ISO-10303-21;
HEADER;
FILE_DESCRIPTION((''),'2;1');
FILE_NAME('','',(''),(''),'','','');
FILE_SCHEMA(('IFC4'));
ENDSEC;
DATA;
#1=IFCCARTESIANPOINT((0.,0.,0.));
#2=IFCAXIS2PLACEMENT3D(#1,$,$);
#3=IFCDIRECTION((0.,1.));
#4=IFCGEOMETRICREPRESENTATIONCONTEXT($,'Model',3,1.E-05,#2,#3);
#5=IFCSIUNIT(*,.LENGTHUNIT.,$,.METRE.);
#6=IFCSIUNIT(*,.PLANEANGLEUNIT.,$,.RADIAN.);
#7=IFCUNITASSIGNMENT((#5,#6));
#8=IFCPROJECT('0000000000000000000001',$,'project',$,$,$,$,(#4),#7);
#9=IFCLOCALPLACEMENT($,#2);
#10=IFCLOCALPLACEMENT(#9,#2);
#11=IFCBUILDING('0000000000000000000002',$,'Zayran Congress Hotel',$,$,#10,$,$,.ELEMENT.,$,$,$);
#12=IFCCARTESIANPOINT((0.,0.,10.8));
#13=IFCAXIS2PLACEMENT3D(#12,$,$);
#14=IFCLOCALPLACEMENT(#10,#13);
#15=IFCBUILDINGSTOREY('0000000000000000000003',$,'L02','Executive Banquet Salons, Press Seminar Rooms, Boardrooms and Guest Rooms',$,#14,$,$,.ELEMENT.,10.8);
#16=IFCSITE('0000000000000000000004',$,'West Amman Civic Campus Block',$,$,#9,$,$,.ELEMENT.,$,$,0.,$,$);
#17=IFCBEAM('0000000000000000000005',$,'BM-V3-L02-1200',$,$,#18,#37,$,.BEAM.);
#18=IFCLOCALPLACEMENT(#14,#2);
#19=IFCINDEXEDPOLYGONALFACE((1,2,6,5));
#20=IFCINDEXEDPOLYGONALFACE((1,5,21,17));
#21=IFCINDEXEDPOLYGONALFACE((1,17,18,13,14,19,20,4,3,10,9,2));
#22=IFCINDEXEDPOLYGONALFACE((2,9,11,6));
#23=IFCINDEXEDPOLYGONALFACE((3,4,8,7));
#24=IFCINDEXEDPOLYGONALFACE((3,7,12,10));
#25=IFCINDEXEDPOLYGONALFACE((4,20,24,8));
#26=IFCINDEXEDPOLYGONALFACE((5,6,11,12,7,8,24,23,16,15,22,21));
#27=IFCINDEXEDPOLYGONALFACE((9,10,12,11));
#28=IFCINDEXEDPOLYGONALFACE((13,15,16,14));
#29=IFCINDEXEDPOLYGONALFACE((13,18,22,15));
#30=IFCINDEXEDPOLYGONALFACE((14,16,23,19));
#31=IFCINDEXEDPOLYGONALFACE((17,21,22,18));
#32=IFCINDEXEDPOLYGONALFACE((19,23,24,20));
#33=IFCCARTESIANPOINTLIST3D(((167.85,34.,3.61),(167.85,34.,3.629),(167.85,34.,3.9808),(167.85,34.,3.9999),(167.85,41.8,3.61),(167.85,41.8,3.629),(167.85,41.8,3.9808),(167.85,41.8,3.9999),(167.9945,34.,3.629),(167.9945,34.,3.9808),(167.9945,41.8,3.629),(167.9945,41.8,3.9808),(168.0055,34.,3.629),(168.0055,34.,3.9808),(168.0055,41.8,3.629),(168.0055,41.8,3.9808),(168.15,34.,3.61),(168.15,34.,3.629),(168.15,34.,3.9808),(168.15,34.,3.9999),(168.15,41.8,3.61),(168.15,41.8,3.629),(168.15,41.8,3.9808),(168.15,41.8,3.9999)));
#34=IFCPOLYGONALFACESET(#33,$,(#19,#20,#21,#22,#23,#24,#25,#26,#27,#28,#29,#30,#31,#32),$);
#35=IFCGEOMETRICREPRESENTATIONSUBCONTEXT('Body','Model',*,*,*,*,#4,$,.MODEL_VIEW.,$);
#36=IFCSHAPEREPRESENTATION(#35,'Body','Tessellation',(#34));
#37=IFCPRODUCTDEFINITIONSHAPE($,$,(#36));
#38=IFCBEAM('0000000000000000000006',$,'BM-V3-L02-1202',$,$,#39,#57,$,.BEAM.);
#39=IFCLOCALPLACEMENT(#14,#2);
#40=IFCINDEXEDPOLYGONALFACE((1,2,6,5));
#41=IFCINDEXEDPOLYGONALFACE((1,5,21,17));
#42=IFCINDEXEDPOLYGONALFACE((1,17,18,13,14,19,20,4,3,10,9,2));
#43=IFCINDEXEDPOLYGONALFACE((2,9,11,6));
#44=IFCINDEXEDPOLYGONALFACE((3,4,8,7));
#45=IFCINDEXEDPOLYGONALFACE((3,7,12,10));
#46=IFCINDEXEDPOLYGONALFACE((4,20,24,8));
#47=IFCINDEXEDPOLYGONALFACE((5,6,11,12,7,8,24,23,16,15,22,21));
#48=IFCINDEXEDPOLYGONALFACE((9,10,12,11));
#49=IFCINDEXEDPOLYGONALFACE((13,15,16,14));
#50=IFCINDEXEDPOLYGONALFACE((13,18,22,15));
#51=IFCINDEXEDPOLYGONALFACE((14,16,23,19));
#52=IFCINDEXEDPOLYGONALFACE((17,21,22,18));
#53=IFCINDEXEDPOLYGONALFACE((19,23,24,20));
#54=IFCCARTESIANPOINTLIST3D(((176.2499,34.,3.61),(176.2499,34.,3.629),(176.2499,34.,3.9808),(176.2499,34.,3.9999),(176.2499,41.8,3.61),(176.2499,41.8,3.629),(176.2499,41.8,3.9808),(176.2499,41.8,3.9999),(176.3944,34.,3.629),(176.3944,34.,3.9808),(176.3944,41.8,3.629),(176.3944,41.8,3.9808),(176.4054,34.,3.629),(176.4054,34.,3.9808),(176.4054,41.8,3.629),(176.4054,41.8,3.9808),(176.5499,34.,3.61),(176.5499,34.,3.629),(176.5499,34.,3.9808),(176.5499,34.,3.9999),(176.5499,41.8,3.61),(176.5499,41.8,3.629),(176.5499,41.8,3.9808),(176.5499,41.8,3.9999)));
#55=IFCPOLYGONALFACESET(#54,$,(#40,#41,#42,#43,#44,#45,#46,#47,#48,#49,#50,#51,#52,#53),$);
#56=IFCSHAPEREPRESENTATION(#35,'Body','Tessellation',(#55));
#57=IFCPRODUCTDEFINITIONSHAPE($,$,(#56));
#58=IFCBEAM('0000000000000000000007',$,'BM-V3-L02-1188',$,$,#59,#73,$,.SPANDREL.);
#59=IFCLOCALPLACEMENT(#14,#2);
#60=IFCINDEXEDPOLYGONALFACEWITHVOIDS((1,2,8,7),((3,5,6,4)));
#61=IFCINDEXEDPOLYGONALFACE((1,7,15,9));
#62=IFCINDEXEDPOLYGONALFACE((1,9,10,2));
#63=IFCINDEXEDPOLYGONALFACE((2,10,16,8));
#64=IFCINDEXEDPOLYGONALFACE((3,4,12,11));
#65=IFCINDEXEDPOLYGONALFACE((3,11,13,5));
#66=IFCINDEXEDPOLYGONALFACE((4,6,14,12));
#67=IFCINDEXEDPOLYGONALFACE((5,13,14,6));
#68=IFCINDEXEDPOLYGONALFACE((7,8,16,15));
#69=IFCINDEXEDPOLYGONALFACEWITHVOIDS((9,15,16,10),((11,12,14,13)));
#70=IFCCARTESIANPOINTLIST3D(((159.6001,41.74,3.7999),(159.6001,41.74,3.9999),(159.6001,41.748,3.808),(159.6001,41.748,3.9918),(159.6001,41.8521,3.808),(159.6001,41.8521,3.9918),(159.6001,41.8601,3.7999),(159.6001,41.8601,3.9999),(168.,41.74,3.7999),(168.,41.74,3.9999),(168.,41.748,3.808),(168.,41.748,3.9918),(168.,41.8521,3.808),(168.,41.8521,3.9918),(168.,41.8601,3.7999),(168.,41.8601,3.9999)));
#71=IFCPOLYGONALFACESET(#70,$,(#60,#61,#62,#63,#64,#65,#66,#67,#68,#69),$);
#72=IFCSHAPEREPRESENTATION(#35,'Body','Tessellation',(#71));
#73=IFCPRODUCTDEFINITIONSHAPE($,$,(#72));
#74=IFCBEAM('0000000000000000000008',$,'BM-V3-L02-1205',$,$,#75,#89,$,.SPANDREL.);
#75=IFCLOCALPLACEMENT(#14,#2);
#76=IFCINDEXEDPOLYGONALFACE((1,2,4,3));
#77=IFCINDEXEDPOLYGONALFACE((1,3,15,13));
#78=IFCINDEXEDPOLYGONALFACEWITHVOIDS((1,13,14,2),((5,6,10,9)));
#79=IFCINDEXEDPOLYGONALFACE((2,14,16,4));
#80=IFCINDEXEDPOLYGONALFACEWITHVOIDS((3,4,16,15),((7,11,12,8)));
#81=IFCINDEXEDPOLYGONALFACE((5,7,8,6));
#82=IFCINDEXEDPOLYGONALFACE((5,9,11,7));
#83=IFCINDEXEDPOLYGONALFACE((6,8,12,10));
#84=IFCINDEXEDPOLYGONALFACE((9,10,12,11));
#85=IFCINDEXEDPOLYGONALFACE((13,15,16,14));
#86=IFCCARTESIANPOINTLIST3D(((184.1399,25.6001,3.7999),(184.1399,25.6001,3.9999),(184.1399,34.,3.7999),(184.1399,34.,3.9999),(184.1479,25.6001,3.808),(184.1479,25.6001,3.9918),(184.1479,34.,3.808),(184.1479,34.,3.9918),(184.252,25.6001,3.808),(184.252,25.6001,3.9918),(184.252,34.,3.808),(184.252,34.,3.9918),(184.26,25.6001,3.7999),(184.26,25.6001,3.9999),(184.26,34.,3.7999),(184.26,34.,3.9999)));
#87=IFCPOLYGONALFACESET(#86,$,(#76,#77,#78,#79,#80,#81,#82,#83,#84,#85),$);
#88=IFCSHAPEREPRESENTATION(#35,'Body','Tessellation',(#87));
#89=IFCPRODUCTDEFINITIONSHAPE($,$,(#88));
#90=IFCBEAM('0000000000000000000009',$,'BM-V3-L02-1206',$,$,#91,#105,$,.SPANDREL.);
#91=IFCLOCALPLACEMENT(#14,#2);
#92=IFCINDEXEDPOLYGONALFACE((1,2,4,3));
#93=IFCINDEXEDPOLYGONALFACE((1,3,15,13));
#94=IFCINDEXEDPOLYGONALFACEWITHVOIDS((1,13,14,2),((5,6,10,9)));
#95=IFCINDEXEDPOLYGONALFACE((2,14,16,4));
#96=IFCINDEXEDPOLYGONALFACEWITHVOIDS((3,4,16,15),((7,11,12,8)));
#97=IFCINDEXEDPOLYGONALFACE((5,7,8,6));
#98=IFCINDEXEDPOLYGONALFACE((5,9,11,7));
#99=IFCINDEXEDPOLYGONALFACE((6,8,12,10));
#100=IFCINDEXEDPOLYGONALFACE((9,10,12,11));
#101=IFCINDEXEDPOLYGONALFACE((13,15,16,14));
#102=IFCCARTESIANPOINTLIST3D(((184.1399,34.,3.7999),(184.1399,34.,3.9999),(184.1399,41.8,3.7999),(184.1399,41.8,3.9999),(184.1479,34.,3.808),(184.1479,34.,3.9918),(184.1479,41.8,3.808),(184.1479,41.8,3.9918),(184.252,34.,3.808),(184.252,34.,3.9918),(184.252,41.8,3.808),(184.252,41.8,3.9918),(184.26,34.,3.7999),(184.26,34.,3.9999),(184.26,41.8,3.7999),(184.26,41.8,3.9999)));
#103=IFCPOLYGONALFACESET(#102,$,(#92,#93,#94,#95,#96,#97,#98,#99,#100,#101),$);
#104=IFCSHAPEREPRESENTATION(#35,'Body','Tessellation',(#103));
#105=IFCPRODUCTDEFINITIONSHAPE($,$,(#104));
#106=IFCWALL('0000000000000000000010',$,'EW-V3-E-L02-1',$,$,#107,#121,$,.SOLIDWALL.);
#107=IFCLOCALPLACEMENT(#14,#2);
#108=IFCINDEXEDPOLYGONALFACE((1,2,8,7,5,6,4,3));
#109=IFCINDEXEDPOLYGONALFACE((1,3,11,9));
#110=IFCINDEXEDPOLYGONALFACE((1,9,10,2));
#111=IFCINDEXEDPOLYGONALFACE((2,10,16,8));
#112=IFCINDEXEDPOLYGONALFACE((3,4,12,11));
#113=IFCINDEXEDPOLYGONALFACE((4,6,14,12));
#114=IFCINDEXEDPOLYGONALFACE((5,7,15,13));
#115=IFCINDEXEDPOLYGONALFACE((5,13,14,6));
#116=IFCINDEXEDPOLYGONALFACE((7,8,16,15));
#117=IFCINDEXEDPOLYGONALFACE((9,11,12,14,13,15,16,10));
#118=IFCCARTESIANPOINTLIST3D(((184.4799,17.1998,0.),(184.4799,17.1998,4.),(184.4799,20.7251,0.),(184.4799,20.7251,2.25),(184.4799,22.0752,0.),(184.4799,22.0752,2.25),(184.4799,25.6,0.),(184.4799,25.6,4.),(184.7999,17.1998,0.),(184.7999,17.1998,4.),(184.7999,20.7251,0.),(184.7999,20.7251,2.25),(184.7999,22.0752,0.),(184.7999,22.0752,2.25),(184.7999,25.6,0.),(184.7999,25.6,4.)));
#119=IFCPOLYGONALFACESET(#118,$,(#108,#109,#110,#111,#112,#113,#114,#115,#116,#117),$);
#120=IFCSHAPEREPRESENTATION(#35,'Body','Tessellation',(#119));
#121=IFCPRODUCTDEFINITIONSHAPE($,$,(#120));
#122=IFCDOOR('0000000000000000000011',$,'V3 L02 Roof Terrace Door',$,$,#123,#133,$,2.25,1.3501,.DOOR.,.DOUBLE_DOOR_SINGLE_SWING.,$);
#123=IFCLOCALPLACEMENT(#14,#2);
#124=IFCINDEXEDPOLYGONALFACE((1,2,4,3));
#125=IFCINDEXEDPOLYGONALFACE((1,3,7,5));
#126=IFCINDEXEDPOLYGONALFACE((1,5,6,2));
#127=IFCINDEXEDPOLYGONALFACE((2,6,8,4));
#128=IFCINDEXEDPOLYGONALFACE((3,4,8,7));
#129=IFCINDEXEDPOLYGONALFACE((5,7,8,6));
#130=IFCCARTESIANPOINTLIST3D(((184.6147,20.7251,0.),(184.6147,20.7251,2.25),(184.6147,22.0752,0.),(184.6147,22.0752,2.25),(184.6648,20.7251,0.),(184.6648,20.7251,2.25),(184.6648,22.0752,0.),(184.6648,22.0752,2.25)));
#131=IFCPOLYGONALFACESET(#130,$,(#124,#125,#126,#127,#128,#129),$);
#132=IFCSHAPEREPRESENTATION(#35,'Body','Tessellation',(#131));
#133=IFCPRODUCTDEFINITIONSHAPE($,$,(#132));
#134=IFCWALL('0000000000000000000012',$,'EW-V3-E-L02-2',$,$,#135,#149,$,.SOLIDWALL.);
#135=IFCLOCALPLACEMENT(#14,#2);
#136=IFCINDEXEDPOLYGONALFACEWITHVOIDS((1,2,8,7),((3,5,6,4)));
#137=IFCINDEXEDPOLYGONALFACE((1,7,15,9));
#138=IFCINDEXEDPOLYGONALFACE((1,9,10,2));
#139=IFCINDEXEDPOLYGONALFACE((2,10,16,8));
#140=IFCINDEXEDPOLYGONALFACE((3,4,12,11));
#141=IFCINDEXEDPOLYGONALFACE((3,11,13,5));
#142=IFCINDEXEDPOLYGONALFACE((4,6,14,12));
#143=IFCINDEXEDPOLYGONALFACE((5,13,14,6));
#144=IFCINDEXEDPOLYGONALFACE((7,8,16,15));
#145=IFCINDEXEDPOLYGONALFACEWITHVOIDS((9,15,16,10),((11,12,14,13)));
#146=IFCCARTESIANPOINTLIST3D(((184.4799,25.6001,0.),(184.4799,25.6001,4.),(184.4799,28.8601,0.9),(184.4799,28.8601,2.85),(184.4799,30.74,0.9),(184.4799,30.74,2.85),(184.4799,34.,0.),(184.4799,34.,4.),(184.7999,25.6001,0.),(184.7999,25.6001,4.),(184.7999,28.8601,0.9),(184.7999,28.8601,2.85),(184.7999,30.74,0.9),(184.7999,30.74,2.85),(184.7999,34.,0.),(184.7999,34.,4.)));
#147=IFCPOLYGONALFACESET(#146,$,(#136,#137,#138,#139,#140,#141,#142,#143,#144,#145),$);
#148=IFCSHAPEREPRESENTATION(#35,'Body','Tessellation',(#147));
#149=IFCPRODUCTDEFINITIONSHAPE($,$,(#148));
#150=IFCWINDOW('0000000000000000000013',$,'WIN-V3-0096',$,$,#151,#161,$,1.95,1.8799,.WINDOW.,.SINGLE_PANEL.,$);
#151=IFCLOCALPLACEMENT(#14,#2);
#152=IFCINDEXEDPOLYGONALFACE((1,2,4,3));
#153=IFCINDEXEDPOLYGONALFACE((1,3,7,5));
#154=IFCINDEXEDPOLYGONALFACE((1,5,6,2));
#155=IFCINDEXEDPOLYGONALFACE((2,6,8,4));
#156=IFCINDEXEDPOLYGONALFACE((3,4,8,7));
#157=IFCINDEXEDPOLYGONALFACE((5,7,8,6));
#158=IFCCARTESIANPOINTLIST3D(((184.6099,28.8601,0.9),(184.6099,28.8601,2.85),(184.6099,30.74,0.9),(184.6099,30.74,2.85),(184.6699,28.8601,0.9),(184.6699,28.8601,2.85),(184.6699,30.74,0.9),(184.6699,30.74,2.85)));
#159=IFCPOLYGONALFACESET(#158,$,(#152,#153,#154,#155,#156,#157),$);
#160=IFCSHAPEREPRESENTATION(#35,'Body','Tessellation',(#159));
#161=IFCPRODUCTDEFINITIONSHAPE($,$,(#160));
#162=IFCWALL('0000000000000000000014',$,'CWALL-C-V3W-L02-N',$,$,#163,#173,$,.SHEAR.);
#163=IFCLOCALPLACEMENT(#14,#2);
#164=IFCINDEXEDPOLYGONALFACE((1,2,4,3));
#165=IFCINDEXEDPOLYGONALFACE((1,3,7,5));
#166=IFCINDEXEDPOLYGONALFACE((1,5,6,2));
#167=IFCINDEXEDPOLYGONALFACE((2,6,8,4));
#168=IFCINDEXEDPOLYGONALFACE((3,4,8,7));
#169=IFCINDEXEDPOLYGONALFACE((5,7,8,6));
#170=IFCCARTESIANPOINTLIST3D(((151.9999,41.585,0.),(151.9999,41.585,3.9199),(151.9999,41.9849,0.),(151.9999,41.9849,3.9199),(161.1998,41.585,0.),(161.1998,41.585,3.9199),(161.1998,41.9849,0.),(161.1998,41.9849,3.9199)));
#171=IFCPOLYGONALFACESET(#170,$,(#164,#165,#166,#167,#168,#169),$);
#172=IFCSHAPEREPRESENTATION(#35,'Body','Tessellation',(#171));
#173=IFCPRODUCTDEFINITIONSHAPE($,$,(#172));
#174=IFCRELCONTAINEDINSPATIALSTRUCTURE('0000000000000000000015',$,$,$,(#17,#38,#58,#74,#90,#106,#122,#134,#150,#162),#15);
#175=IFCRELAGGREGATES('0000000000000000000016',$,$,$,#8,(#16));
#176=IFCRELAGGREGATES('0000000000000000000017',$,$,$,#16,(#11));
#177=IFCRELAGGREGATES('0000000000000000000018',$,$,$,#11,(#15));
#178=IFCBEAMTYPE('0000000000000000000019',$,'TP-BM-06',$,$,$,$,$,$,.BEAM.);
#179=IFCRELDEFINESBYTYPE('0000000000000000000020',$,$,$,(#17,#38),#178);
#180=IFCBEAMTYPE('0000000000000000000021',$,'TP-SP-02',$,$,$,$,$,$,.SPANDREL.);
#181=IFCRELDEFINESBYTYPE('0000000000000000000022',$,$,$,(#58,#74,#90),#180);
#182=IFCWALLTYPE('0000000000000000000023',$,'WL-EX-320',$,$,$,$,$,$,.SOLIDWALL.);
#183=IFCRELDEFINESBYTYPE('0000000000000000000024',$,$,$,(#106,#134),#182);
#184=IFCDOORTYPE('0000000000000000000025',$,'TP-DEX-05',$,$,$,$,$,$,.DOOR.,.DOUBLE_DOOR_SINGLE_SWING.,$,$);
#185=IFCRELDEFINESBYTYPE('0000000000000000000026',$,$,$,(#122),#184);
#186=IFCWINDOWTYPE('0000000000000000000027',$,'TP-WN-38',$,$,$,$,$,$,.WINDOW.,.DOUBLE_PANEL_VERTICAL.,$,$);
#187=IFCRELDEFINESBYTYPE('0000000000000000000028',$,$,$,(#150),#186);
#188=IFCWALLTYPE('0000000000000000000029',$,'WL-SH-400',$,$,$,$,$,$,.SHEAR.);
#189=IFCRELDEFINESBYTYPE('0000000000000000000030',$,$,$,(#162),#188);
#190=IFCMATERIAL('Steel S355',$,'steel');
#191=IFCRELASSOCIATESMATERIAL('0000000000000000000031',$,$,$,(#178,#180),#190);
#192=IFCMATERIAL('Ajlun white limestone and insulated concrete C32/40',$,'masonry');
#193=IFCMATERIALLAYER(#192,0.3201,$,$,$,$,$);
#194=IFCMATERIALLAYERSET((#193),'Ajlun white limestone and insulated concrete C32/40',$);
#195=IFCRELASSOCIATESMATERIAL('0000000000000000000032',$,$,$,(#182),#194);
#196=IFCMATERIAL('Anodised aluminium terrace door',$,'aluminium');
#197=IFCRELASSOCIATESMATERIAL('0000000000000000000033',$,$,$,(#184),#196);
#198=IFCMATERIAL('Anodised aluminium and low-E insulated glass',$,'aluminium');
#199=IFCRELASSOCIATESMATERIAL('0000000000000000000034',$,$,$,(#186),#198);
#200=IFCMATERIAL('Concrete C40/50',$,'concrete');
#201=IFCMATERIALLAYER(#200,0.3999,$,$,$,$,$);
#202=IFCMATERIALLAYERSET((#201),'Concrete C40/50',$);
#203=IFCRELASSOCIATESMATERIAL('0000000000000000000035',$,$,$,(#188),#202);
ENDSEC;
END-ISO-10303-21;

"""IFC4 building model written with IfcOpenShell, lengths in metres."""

from ifc_helpers import new_model, si_unit, direction, frame, frame_2d, origin, origin_2d, place, context, subcontext, project, spatial, rectangle, hollow_rectangle, i_section, extrude, material, layer, layer_set, material_profile, profile_set, type_object, element, fill, save


model = new_model("IFC4")

# Units and contexts
model_context = context("Model", 3, precision=1e-05, world=origin(), true_north=direction((0.0, 1.0)))
body_context = subcontext(model_context, "Body", "Model", "MODEL_VIEW")
ifc_project = project(units=[si_unit("LENGTHUNIT", "METRE"), si_unit("PLANEANGLEUNIT", "RADIAN")], contexts=[model_context])

# Site, building, storey
site_placement = place(None, origin())
site = spatial("IfcSite", under=ifc_project, at=site_placement, Name="West Amman Civic Campus Block", CompositionType="ELEMENT", RefElevation=0.0)
building_placement = place(site_placement, origin())
building = spatial("IfcBuilding", under=site, at=building_placement, Name="Zayran Congress Hotel", CompositionType="ELEMENT")
storey_placement = place(building_placement, frame((0.0, 0.0, 10.8)))
storey = spatial("IfcBuildingStorey", under=building, at=storey_placement, Name="L02", Description="Executive Banquet Salons, Press Seminar Rooms, Boardrooms and Guest Rooms", CompositionType="ELEMENT", Elevation=10.8)

# Shared definitions
ifc_material_1 = material(Name="Steel S355", Category="steel")

# Beams
ifc_material_profile_1 = material_profile(ifc_material_1, i_section(OverallWidth=0.3, OverallDepth=0.3899, WebThickness=0.011, FlangeThickness=0.019, at=origin_2d()), Name="HEA 400")
ifc_profile_set_1 = profile_set([ifc_material_profile_1], Name="Steel S355")
beam_type_1 = type_object("IfcBeamType", Name="TP-BM-06", PredefinedType="BEAM", material=ifc_profile_set_1)
for number, where, z_axis, x_axis, name in (
    (1, (168.0, 34.0, 3.8049), (0.0, 1.0, 0.0), (-1.0, 0.0, 0.0), "BM-V3-L02-1200"),
    (2, (176.3999, 34.0, 3.8049), (0.0, 1.0, 0.0), (-1.0, 0.0, 0.0), "BM-V3-L02-1202"),
):
    element("IfcBeam", number, at=place(storey_placement, frame(where, z_axis=z_axis, x_axis=x_axis)), inside=storey, type_object=beam_type_1, Name=name, PredefinedType="BEAM", context=body_context, shape_type="SweptSolid", body=[
        extrude(i_section(OverallWidth=0.3, OverallDepth=0.3899, WebThickness=0.011, FlangeThickness=0.019, at=origin_2d()), origin(), (0.0, 0.0, 1.0), 7.8),
    ])
ifc_material_profile_2 = material_profile(ifc_material_1, hollow_rectangle(XDim=0.1201, YDim=0.2, WallThickness=0.0081, at=origin_2d()), Name="RHS 200x120x8")
ifc_profile_set_2 = profile_set([ifc_material_profile_2], Name="Steel S355")
beam_type_2 = type_object("IfcBeamType", Name="TP-SP-02", PredefinedType="SPANDREL", material=ifc_profile_set_2)
for number, where, z_axis, x_axis, name in (
    (3, (159.6001, 41.8, 3.8999), (1.0, 0.0, 0.0), (0.0, 1.0, 0.0), "BM-V3-L02-1188"),
    (4, (184.2, 25.6001, 3.8999), (0.0, 1.0, 0.0), (-1.0, 0.0, 0.0), "BM-V3-L02-1205"),
):
    element("IfcBeam", number, at=place(storey_placement, frame(where, z_axis=z_axis, x_axis=x_axis)), inside=storey, type_object=beam_type_2, Name=name, PredefinedType="SPANDREL", context=body_context, shape_type="SweptSolid", body=[
        extrude(hollow_rectangle(XDim=0.1201, YDim=0.2, WallThickness=0.0081, at=origin_2d()), origin(), (0.0, 0.0, 1.0), 8.3999),
    ])
beam_1_placement = place(storey_placement, frame((184.2, 34.0, 3.8999), z_axis=(0.0, 1.0, 0.0), x_axis=(-1.0, 0.0, 0.0)))
element("IfcBeam", 5, at=beam_1_placement, inside=storey, type_object=beam_type_2, Name="BM-V3-L02-1206", PredefinedType="SPANDREL", context=body_context, shape_type="SweptSolid", body=[
    extrude(hollow_rectangle(XDim=0.1201, YDim=0.2, WallThickness=0.0081, at=origin_2d()), origin(), (0.0, 0.0, 1.0), 7.8),
])

# Wall, opening, door
ifc_material_2 = material(Name="Ajlun white limestone and insulated concrete C32/40", Category="masonry")
ifc_layer_1 = layer(ifc_material_2, 0.3201)
ifc_layer_set_1 = layer_set([ifc_layer_1], Name="Ajlun white limestone and insulated concrete C32/40")
wall_type_1 = type_object("IfcWallType", Name="WL-EX-320", PredefinedType="SOLIDWALL", material=ifc_layer_set_1)
wall_1_placement = place(storey_placement, frame((184.6399, 25.6001, 0.0), z_axis=(0.0, 0.0, 1.0), x_axis=(0.0, -1.0, 0.0)))
wall_1 = element("IfcWall", 6, at=wall_1_placement, inside=storey, type_object=wall_type_1, Name="EW-V3-E-L02-1", PredefinedType="SOLIDWALL", context=body_context, shape_type="SweptSolid", body=[
    extrude(rectangle(XDim=8.4001, YDim=0.3201, at=frame_2d((4.2002, 0.0))), origin(), (0.0, 0.0, 1.0), 4.0),
])
opening_1_placement = place(wall_1_placement, frame((3.5249, 0.0, 0.0)))
opening_1 = element("IfcOpeningElement", 7, at=opening_1_placement, cuts=wall_1, PredefinedType="OPENING", context=body_context, shape_type="SweptSolid", body=[
    extrude(rectangle(XDim=1.3501, YDim=2.25, at=frame_2d((0.675, 1.125))), frame((0.0, 0.1699, 0.0), z_axis=(0.0, -1.0, 0.0), x_axis=(1.0, 0.0, 0.0)), (0.0, 0.0, 1.0), 0.3401),
])
ifc_material_3 = material(Name="Anodised aluminium terrace door", Category="aluminium")
door_type_1 = type_object("IfcDoorType", Name="TP-DEX-05", OperationType="DOUBLE_DOOR_SINGLE_SWING", PredefinedType="DOOR", material=ifc_material_3)
door_1_placement = place(opening_1_placement, origin())
door_1 = element("IfcDoor", 8, at=door_1_placement, inside=storey, type_object=door_type_1, Name="V3 L02 Roof Terrace Door", OperationType="DOUBLE_DOOR_SINGLE_SWING", OverallHeight=2.25, OverallWidth=1.3501, PredefinedType="DOOR", context=body_context, shape_type="SweptSolid", body=[
    extrude(rectangle(XDim=1.3501, YDim=2.25, at=frame_2d((0.675, 1.125))), frame((0.0, 0.0249, 0.0), z_axis=(0.0, -1.0, 0.0), x_axis=(1.0, 0.0, 0.0)), (0.0, 0.0, 1.0), 0.05),
])
fill(opening_1, door_1)

# Wall, opening, window
wall_2_placement = place(storey_placement, frame((184.6399, 34.0, 0.0), z_axis=(0.0, 0.0, 1.0), x_axis=(0.0, -1.0, 0.0)))
wall_2 = element("IfcWall", 9, at=wall_2_placement, inside=storey, type_object=wall_type_1, Name="EW-V3-E-L02-2", PredefinedType="SOLIDWALL", context=body_context, shape_type="SweptSolid", body=[
    extrude(rectangle(XDim=8.3999, YDim=0.3201, at=frame_2d((4.2, 0.0))), origin(), (0.0, 0.0, 1.0), 4.0),
])
opening_2_placement = place(wall_2_placement, frame((3.26, 0.0, 0.8999)))
opening_2 = element("IfcOpeningElement", 10, at=opening_2_placement, cuts=wall_2, PredefinedType="OPENING", context=body_context, shape_type="SweptSolid", body=[
    extrude(rectangle(XDim=1.8799, YDim=1.95, at=frame_2d((0.9399, 0.9751))), frame((0.0, 0.1699, 0.0), z_axis=(0.0, -1.0, 0.0), x_axis=(1.0, 0.0, 0.0)), (0.0, 0.0, 1.0), 0.3401),
])
ifc_material_4 = material(Name="Anodised aluminium and low-E insulated glass", Category="aluminium")
window_type = type_object("IfcWindowType", Name="TP-WN-38", PartitioningType="DOUBLE_PANEL_VERTICAL", PredefinedType="WINDOW", material=ifc_material_4)
window_placement = place(opening_2_placement, origin())
window = element("IfcWindow", 11, at=window_placement, inside=storey, type_object=window_type, Name="WIN-V3-0096", OverallHeight=1.95, OverallWidth=1.8799, PartitioningType="SINGLE_PANEL", PredefinedType="WINDOW", context=body_context, shape_type="SweptSolid", body=[
    extrude(rectangle(XDim=1.8799, YDim=1.95, at=frame_2d((0.9399, 0.9751))), frame((0.0, 0.03, 0.0), z_axis=(0.0, -1.0, 0.0), x_axis=(1.0, 0.0, 0.0)), (0.0, 0.0, 1.0), 0.0601),
])
fill(opening_2, window)

# Wall
ifc_material_5 = material(Name="Concrete C40/50", Category="concrete")
ifc_layer_2 = layer(ifc_material_5, 0.3999)
ifc_layer_set_2 = layer_set([ifc_layer_2], Name="Concrete C40/50")
wall_type_2 = type_object("IfcWallType", Name="WL-SH-400", PredefinedType="SHEAR", material=ifc_layer_set_2)
wall_3_placement = place(storey_placement, frame((161.2, 41.7849, 0.0), z_axis=(0.0, 0.0, 1.0), x_axis=(-1.0, 0.0, 0.0)))
element("IfcWall", 12, at=wall_3_placement, inside=storey, type_object=wall_type_2, Name="CWALL-C-V3W-L02-N", PredefinedType="SHEAR", context=body_context, shape_type="SweptSolid", body=[
    extrude(rectangle(XDim=9.2, YDim=0.3999, at=frame_2d((4.6001, 0.0))), origin(), (0.0, 0.0, 1.0), 3.9199),
])

save(model, "model.ifc")
